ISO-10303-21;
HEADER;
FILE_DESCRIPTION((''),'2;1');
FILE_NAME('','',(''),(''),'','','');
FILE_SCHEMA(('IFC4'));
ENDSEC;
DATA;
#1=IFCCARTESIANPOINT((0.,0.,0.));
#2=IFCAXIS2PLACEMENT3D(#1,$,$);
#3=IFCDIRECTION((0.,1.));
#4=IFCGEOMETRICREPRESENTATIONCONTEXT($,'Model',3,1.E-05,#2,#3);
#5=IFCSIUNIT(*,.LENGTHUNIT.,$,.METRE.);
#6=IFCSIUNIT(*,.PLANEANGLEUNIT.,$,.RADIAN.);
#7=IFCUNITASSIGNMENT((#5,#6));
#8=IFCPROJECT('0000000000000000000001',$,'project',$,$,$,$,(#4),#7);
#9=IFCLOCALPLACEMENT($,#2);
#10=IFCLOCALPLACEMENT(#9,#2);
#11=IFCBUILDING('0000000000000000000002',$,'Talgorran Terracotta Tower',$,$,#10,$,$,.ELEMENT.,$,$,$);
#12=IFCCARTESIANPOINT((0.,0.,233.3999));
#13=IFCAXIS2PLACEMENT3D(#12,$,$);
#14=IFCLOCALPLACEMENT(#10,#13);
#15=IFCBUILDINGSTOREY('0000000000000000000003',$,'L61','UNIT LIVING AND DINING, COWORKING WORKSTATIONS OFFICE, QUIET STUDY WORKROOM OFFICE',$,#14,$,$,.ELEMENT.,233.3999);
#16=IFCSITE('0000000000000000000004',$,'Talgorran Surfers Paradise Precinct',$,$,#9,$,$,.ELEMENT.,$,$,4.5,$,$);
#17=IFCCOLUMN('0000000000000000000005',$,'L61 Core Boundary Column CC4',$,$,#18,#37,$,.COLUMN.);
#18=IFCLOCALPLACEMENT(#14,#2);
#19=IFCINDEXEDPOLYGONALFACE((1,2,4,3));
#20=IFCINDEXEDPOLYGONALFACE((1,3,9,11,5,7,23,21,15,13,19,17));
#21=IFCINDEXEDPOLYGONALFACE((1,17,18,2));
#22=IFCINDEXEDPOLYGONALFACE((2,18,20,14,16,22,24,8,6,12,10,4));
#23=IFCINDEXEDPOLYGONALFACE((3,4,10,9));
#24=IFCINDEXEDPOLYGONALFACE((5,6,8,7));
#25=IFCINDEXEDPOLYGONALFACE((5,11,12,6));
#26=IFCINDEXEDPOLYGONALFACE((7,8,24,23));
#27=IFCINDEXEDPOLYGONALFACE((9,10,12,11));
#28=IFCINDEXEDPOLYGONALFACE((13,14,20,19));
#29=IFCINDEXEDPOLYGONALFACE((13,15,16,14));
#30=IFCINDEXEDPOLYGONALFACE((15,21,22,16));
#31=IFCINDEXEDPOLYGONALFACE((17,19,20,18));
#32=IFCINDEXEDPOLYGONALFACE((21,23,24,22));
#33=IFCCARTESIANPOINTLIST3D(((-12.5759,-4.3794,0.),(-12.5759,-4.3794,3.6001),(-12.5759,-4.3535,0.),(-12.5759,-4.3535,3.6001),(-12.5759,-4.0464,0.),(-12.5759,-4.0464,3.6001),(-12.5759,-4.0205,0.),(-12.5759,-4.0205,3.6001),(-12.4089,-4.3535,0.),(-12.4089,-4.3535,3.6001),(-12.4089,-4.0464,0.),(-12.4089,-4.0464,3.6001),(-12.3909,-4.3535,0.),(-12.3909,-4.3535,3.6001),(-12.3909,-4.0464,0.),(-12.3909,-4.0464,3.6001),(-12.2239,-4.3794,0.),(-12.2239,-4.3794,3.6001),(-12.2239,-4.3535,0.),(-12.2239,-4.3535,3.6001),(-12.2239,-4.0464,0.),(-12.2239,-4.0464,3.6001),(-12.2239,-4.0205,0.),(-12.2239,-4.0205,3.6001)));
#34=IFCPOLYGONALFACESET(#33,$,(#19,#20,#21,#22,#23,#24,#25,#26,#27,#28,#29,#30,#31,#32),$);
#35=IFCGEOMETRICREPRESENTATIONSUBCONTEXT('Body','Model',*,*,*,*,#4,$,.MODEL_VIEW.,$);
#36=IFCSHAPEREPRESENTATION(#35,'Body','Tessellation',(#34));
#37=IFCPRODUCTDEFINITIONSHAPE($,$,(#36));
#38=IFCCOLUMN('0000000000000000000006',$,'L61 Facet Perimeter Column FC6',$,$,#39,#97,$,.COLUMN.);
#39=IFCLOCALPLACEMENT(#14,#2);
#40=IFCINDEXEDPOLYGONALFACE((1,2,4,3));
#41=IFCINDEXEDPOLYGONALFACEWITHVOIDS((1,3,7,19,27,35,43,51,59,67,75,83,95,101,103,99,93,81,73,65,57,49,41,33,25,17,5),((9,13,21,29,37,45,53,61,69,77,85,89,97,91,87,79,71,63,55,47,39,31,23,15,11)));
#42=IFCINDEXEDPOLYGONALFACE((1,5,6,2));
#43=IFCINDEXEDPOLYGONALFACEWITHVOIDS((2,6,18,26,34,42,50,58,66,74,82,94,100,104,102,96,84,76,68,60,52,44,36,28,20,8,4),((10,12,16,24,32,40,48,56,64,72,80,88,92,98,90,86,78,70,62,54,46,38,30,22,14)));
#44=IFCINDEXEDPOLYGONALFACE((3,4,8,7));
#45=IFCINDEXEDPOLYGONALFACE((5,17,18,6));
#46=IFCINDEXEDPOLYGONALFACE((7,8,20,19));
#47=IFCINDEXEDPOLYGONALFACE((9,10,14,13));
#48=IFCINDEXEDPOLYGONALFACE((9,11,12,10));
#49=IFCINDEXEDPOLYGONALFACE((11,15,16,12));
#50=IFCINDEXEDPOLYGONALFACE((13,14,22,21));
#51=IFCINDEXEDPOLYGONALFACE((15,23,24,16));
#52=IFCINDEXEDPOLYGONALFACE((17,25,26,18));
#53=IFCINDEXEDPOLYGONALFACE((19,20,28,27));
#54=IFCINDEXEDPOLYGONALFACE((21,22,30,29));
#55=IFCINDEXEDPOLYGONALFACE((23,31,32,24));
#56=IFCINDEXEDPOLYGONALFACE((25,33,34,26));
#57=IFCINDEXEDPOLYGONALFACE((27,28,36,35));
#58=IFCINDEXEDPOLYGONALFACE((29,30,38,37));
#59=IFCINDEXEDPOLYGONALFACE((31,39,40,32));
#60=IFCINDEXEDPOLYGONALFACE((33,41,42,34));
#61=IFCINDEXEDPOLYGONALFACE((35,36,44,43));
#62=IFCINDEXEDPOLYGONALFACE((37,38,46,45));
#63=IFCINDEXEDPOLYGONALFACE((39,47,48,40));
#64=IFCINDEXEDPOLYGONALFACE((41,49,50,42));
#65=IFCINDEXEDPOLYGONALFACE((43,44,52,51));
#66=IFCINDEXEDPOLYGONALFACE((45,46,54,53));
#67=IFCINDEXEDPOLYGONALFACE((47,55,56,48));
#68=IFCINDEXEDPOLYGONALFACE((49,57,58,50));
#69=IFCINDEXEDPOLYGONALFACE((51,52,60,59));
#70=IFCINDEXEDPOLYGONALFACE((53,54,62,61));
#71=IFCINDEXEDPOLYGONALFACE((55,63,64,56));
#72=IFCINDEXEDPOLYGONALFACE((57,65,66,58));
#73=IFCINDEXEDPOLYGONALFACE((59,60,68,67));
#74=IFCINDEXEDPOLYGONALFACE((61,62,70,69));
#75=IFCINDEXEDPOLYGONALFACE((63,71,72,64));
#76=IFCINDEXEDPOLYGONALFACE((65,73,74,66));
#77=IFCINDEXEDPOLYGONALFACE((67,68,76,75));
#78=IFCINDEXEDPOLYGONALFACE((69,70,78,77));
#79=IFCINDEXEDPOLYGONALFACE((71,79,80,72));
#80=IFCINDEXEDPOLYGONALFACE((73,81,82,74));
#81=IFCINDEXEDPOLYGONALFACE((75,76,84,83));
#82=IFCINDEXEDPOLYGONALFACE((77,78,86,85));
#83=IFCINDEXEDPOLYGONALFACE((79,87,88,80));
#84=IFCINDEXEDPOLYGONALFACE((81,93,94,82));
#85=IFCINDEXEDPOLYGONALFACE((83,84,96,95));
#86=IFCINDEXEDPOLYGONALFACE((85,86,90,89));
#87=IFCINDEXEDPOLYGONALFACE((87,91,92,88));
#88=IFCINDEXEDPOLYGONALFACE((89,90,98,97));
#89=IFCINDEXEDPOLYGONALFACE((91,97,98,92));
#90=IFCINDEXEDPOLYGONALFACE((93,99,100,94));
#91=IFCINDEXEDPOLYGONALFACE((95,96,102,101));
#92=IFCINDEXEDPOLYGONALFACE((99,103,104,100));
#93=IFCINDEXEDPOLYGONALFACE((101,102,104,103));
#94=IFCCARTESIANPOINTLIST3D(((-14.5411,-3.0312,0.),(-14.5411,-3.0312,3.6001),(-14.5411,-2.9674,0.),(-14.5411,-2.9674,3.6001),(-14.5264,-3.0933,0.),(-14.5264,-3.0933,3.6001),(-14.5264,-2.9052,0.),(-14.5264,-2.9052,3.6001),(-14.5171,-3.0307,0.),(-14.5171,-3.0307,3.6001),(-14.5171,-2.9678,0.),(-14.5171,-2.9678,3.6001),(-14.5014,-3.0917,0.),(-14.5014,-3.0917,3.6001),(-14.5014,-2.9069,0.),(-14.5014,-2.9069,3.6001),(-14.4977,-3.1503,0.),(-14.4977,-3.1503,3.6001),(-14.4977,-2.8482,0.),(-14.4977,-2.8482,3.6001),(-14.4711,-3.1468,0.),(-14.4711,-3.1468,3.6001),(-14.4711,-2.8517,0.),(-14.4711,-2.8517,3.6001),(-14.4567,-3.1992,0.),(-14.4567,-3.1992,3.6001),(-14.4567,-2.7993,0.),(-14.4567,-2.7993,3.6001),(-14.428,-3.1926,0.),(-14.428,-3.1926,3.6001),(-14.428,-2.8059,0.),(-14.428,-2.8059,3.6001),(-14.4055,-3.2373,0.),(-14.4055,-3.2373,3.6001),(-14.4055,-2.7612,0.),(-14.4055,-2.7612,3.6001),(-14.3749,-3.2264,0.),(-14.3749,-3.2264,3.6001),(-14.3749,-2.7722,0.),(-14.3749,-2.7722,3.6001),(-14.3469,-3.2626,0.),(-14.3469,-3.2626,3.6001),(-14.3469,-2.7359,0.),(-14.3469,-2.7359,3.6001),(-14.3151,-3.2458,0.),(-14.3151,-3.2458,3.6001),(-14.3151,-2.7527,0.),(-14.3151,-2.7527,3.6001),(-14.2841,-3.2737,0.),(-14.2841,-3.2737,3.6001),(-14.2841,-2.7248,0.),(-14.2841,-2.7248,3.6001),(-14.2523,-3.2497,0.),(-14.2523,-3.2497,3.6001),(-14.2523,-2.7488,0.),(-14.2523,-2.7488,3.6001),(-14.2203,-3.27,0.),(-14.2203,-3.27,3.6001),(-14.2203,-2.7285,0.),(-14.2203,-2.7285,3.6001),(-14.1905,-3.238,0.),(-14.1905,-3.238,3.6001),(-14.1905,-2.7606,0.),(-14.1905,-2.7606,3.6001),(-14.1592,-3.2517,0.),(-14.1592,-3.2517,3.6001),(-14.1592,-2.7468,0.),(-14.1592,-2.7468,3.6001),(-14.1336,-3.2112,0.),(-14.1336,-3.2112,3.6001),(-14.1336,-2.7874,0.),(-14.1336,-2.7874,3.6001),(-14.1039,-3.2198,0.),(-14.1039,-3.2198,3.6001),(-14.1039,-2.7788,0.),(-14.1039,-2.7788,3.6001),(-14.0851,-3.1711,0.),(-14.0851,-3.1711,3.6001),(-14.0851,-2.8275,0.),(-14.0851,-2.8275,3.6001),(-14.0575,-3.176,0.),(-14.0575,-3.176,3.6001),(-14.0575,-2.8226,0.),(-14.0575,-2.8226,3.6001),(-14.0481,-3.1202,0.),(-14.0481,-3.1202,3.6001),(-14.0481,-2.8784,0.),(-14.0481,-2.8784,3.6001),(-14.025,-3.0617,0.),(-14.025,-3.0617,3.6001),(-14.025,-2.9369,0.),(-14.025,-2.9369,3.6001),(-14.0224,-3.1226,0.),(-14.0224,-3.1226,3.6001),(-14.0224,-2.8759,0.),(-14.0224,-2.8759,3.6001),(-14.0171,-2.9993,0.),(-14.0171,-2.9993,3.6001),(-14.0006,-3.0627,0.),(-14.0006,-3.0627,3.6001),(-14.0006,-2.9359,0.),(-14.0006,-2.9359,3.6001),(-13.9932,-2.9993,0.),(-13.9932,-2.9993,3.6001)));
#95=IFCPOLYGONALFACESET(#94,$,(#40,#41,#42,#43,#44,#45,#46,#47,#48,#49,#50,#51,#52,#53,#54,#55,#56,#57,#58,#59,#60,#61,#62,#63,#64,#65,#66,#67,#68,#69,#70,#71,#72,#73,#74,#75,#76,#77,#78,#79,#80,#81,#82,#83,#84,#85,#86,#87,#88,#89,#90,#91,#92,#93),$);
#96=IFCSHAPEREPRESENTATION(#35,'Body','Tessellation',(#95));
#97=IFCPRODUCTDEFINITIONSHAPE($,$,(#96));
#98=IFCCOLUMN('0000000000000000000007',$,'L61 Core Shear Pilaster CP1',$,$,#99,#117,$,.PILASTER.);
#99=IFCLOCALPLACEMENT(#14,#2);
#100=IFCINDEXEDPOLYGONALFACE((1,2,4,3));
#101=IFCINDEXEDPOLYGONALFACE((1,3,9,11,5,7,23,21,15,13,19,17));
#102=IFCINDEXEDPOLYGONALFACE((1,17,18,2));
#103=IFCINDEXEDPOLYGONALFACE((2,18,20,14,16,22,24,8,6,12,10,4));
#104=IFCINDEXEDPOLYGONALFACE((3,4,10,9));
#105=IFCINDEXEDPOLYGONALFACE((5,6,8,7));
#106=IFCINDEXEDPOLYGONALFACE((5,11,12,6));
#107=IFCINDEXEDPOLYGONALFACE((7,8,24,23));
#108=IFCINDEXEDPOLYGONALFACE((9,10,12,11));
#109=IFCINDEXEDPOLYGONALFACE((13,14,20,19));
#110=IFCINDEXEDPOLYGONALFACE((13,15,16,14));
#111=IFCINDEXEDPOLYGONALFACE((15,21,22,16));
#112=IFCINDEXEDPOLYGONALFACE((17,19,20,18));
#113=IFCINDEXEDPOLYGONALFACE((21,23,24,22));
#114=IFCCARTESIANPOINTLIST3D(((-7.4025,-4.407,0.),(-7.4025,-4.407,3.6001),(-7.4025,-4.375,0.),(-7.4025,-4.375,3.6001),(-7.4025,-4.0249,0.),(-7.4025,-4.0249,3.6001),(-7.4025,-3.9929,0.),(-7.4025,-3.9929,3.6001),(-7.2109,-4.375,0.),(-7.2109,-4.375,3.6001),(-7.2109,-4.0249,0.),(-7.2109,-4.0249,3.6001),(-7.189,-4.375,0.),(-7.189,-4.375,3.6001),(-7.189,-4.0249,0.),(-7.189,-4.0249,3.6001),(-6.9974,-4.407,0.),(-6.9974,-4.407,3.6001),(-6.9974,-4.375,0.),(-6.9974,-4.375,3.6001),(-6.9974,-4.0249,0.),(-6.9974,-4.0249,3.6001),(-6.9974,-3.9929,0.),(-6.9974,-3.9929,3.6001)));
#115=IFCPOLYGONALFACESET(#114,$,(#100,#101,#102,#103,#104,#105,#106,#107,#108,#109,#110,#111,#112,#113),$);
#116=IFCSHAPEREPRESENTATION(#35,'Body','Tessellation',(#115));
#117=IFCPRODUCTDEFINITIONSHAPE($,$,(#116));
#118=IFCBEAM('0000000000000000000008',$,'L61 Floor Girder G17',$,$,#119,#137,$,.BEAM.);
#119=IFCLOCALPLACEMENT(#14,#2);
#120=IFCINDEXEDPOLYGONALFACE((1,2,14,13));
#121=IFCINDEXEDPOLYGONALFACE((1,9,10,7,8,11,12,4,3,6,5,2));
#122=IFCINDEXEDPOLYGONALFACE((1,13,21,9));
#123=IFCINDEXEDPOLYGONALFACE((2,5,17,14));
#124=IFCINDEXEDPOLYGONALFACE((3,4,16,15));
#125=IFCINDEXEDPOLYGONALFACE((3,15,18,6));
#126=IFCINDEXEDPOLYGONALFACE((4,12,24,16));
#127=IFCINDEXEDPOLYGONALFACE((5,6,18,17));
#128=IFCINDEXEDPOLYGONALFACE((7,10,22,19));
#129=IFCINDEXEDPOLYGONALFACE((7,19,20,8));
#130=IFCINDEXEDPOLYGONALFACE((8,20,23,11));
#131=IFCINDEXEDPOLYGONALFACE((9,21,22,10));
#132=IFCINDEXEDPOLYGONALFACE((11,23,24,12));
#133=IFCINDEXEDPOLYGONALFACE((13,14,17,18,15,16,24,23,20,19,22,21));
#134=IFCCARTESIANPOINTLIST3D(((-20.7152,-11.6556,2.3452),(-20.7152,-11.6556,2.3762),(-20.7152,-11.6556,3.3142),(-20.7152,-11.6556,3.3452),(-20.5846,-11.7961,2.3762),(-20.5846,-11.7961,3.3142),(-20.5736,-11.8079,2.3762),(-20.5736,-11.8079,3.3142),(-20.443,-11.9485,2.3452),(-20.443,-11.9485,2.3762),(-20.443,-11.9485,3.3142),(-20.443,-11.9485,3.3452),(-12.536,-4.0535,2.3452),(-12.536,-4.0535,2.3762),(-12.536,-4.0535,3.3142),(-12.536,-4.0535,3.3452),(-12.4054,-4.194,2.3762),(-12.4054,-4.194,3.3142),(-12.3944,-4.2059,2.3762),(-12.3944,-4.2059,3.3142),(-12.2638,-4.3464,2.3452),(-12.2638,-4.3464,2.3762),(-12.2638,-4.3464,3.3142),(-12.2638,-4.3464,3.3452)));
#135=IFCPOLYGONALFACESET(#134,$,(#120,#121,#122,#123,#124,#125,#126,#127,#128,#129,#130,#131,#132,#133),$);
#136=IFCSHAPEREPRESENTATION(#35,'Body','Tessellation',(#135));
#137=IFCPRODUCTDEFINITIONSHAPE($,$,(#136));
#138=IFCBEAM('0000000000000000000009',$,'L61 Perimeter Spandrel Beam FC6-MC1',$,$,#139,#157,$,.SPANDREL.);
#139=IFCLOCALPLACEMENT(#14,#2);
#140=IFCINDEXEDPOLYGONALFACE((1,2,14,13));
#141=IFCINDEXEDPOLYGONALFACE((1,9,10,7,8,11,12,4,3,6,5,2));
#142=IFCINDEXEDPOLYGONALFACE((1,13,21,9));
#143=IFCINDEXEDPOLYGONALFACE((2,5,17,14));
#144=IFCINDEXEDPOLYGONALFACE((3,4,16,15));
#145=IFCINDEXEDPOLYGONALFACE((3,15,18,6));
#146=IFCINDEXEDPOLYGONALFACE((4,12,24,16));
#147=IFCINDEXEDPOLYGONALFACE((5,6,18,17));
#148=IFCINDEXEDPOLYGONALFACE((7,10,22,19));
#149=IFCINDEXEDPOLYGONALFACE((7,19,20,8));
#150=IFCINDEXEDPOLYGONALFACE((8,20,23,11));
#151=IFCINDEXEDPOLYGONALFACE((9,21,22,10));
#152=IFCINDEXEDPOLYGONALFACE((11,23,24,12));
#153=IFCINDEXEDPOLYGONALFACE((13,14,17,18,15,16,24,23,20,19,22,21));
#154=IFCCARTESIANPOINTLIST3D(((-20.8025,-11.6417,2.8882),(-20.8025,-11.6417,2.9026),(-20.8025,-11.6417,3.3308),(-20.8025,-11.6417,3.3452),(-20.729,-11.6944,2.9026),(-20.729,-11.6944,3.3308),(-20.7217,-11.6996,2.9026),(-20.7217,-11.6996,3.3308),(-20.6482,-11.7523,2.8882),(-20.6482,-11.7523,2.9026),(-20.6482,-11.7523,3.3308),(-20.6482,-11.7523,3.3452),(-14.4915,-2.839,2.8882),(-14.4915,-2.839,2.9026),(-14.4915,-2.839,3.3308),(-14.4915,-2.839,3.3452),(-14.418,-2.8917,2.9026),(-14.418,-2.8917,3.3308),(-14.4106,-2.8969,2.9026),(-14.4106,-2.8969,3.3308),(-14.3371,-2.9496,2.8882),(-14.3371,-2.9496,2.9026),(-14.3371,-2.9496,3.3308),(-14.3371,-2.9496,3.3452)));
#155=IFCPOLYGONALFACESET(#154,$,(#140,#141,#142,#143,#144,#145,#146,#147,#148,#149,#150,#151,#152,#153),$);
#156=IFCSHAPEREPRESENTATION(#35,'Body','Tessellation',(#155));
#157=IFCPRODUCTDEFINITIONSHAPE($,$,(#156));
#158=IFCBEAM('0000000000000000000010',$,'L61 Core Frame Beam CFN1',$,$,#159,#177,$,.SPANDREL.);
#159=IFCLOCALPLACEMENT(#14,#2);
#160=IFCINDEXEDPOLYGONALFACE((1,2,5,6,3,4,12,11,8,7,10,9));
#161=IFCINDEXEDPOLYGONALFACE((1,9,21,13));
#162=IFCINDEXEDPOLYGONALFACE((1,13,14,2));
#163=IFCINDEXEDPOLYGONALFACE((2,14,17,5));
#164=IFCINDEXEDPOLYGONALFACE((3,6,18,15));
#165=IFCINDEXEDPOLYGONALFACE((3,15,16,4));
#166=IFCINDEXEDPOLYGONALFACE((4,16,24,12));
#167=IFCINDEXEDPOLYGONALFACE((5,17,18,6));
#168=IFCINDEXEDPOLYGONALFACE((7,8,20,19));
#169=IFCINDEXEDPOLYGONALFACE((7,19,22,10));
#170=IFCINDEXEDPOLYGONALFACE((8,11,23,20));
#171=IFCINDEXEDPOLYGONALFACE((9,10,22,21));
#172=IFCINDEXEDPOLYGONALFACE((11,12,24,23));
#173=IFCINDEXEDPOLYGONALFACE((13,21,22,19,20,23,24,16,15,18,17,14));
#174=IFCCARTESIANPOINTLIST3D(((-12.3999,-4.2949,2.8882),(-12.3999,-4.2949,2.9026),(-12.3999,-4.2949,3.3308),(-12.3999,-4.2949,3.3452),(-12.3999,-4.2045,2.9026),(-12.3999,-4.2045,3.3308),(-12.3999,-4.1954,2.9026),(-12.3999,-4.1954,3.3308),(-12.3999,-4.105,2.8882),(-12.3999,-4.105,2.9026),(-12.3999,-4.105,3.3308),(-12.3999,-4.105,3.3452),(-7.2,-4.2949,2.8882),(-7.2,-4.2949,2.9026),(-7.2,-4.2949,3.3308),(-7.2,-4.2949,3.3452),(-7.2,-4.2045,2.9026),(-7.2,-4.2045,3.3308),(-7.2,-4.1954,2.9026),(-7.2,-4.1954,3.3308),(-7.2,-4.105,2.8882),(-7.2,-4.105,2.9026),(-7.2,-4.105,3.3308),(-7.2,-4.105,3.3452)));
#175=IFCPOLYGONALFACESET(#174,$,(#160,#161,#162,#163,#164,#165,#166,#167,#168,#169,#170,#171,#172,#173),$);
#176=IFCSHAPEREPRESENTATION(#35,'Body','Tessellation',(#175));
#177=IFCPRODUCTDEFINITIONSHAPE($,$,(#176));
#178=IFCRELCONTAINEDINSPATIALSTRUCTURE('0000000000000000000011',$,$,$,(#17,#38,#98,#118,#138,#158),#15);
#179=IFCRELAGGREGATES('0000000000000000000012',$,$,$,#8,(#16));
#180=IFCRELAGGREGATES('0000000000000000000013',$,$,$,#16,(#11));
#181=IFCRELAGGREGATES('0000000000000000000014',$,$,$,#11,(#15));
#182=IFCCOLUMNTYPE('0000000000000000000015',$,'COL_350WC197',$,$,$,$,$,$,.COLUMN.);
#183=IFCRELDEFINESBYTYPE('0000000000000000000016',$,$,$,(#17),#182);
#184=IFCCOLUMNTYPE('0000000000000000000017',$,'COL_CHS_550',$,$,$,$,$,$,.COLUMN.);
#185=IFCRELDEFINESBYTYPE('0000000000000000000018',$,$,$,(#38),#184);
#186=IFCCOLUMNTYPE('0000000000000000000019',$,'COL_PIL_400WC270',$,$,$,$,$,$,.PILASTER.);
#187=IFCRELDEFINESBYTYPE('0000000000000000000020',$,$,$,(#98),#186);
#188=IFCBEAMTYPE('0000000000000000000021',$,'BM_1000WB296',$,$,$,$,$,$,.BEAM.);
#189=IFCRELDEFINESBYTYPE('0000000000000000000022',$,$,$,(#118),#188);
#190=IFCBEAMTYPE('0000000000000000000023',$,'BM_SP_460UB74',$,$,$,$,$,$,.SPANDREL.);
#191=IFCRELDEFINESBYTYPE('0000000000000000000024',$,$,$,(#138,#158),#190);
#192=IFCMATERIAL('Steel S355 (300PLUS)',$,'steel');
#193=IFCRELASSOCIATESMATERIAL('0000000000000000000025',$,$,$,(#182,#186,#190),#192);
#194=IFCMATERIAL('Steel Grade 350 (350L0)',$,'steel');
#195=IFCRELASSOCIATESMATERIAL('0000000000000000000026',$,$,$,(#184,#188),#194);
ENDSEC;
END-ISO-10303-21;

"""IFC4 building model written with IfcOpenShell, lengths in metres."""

from ifc_helpers import new_model, si_unit, direction, frame, origin, origin_2d, place, context, subcontext, project, spatial, hollow_circle, i_section, extrude, material, material_profile, profile_set, type_object, element, save


model = new_model("IFC4")

# Units and contexts
model_context = context("Model", 3, precision=1e-05, world=origin(), true_north=direction((0.0, 1.0)))
body_context = subcontext(model_context, "Body", "Model", "MODEL_VIEW")
ifc_project = project(units=[si_unit("LENGTHUNIT", "METRE"), si_unit("PLANEANGLEUNIT", "RADIAN")], contexts=[model_context])

# Site, building, storey
site_placement = place(None, origin())
site = spatial("IfcSite", under=ifc_project, at=site_placement, Name="Talgorran Surfers Paradise Precinct", CompositionType="ELEMENT", RefElevation=4.5)
building_placement = place(site_placement, origin())
building = spatial("IfcBuilding", under=site, at=building_placement, Name="Talgorran Terracotta Tower", CompositionType="ELEMENT")
storey_placement = place(building_placement, frame((0.0, 0.0, 233.3999)))
storey = spatial("IfcBuildingStorey", under=building, at=storey_placement, Name="L61", Description="UNIT LIVING AND DINING, COWORKING WORKSTATIONS OFFICE, QUIET STUDY WORKROOM OFFICE", CompositionType="ELEMENT", Elevation=233.3999)

# Columns
ifc_material_1 = material(Name="Steel S355 (300PLUS)", Category="steel")
ifc_material_profile_1 = material_profile(ifc_material_1, i_section(OverallWidth=0.3521, OverallDepth=0.3589, WebThickness=0.0181, FlangeThickness=0.0259, at=origin_2d()), Name="350WC197")
ifc_profile_set_1 = profile_set([ifc_material_profile_1], Name="Steel S355 (300PLUS)")
column_type_1 = type_object("IfcColumnType", Name="COL_350WC197", PredefinedType="COLUMN", material=ifc_profile_set_1)
column_1_placement = place(storey_placement, frame((-12.3999, -4.2, 0.0), z_axis=(0.0, 0.0, 1.0), x_axis=(1.0, 0.0, 0.0)))
element("IfcColumn", 1, at=column_1_placement, inside=storey, type_object=column_type_1, Name="L61 Core Boundary Column CC4", PredefinedType="COLUMN", context=body_context, shape_type="SweptSolid", body=[
    extrude(i_section(OverallWidth=0.3521, OverallDepth=0.3589, WebThickness=0.0181, FlangeThickness=0.0259, at=origin_2d()), origin(), (0.0, 0.0, 1.0), 3.6001),
])
ifc_material_2 = material(Name="Steel Grade 350 (350L0)", Category="steel")
ifc_material_profile_2 = material_profile(ifc_material_2, hollow_circle(Radius=0.2749, WallThickness=0.0239, at=origin_2d()), Name="CHS550X24")
ifc_profile_set_2 = profile_set([ifc_material_profile_2], Name="Steel Grade 350 (350L0)")
column_type_2 = type_object("IfcColumnType", Name="COL_CHS_550", PredefinedType="COLUMN", material=ifc_profile_set_2)
column_2_placement = place(storey_placement, frame((-14.2681, -2.9993, 0.0), z_axis=(0.0, 0.0, 1.0), x_axis=(1.0, 0.0, 0.0)))
element("IfcColumn", 2, at=column_2_placement, inside=storey, type_object=column_type_2, Name="L61 Facet Perimeter Column FC6", PredefinedType="COLUMN", context=body_context, shape_type="SweptSolid", body=[
    extrude(hollow_circle(Radius=0.2749, WallThickness=0.0239, at=origin_2d()), origin(), (0.0, 0.0, 1.0), 3.6001),
])
ifc_material_profile_3 = material_profile(ifc_material_1, i_section(OverallWidth=0.405, OverallDepth=0.4141, WebThickness=0.022, FlangeThickness=0.032, at=origin_2d()), Name="400WC270")
ifc_profile_set_3 = profile_set([ifc_material_profile_3], Name="Steel S355 (300PLUS)")
column_type_3 = type_object("IfcColumnType", Name="COL_PIL_400WC270", PredefinedType="PILASTER", material=ifc_profile_set_3)
column_3_placement = place(storey_placement, frame((-7.2, -4.2, 0.0), z_axis=(0.0, 0.0, 1.0), x_axis=(1.0, 0.0, 0.0)))
element("IfcColumn", 3, at=column_3_placement, inside=storey, type_object=column_type_3, Name="L61 Core Shear Pilaster CP1", PredefinedType="PILASTER", context=body_context, shape_type="SweptSolid", body=[
    extrude(i_section(OverallWidth=0.405, OverallDepth=0.4141, WebThickness=0.022, FlangeThickness=0.032, at=origin_2d()), origin(), (0.0, 0.0, 1.0), 3.6001),
])

# Beams
ifc_material_profile_4 = material_profile(ifc_material_2, i_section(OverallWidth=0.3999, OverallDepth=1.0, WebThickness=0.0161, FlangeThickness=0.031, at=origin_2d()), Name="1000WB296")
ifc_profile_set_4 = profile_set([ifc_material_profile_4], Name="Steel Grade 350 (350L0)")
beam_type_1 = type_object("IfcBeamType", Name="BM_1000WB296", PredefinedType="BEAM", material=ifc_profile_set_4)
beam_1_placement = place(storey_placement, frame((-12.3999, -4.2, 2.8452), z_axis=(-0.732477, -0.680792, 0.0), x_axis=(0.680792, -0.732477, 0.0)))
element("IfcBeam", 4, at=beam_1_placement, inside=storey, type_object=beam_type_1, Name="L61 Floor Girder G17", PredefinedType="BEAM", context=body_context, shape_type="SweptSolid", body=[
    extrude(i_section(OverallWidth=0.3999, OverallDepth=1.0, WebThickness=0.0161, FlangeThickness=0.031, at=origin_2d()), origin(), (0.0, 0.0, 1.0), 11.1665),
])
ifc_material_profile_5 = material_profile(ifc_material_1, i_section(OverallWidth=0.1899, OverallDepth=0.457, WebThickness=0.009, FlangeThickness=0.0144, at=origin_2d()), Name="460UB74.6")
ifc_profile_set_5 = profile_set([ifc_material_profile_5], Name="Steel S355 (300PLUS)")
beam_type_2 = type_object("IfcBeamType", Name="BM_SP_460UB74", PredefinedType="SPANDREL", material=ifc_profile_set_5)
beam_2_placement = place(storey_placement, frame((-14.4143, -2.8943, 3.1167), z_axis=(-0.582666, -0.812712, 0.0), x_axis=(0.812712, -0.582666, 0.0)))
element("IfcBeam", 5, at=beam_2_placement, inside=storey, type_object=beam_type_2, Name="L61 Perimeter Spandrel Beam FC6-MC1", PredefinedType="SPANDREL", context=body_context, shape_type="SweptSolid", body=[
    extrude(i_section(OverallWidth=0.1899, OverallDepth=0.457, WebThickness=0.009, FlangeThickness=0.0144, at=origin_2d()), origin(), (0.0, 0.0, 1.0), 10.8313),
])
beam_3_placement = place(storey_placement, frame((-12.3999, -4.2, 3.1167), z_axis=(1.0, 0.0, 0.0), x_axis=(0.0, 1.0, 0.0)))
element("IfcBeam", 6, at=beam_3_placement, inside=storey, type_object=beam_type_2, Name="L61 Core Frame Beam CFN1", PredefinedType="SPANDREL", context=body_context, shape_type="SweptSolid", body=[
    extrude(i_section(OverallWidth=0.1899, OverallDepth=0.457, WebThickness=0.009, FlangeThickness=0.0144, at=origin_2d()), origin(), (0.0, 0.0, 1.0), 5.2),
])

save(model, "model.ifc")
